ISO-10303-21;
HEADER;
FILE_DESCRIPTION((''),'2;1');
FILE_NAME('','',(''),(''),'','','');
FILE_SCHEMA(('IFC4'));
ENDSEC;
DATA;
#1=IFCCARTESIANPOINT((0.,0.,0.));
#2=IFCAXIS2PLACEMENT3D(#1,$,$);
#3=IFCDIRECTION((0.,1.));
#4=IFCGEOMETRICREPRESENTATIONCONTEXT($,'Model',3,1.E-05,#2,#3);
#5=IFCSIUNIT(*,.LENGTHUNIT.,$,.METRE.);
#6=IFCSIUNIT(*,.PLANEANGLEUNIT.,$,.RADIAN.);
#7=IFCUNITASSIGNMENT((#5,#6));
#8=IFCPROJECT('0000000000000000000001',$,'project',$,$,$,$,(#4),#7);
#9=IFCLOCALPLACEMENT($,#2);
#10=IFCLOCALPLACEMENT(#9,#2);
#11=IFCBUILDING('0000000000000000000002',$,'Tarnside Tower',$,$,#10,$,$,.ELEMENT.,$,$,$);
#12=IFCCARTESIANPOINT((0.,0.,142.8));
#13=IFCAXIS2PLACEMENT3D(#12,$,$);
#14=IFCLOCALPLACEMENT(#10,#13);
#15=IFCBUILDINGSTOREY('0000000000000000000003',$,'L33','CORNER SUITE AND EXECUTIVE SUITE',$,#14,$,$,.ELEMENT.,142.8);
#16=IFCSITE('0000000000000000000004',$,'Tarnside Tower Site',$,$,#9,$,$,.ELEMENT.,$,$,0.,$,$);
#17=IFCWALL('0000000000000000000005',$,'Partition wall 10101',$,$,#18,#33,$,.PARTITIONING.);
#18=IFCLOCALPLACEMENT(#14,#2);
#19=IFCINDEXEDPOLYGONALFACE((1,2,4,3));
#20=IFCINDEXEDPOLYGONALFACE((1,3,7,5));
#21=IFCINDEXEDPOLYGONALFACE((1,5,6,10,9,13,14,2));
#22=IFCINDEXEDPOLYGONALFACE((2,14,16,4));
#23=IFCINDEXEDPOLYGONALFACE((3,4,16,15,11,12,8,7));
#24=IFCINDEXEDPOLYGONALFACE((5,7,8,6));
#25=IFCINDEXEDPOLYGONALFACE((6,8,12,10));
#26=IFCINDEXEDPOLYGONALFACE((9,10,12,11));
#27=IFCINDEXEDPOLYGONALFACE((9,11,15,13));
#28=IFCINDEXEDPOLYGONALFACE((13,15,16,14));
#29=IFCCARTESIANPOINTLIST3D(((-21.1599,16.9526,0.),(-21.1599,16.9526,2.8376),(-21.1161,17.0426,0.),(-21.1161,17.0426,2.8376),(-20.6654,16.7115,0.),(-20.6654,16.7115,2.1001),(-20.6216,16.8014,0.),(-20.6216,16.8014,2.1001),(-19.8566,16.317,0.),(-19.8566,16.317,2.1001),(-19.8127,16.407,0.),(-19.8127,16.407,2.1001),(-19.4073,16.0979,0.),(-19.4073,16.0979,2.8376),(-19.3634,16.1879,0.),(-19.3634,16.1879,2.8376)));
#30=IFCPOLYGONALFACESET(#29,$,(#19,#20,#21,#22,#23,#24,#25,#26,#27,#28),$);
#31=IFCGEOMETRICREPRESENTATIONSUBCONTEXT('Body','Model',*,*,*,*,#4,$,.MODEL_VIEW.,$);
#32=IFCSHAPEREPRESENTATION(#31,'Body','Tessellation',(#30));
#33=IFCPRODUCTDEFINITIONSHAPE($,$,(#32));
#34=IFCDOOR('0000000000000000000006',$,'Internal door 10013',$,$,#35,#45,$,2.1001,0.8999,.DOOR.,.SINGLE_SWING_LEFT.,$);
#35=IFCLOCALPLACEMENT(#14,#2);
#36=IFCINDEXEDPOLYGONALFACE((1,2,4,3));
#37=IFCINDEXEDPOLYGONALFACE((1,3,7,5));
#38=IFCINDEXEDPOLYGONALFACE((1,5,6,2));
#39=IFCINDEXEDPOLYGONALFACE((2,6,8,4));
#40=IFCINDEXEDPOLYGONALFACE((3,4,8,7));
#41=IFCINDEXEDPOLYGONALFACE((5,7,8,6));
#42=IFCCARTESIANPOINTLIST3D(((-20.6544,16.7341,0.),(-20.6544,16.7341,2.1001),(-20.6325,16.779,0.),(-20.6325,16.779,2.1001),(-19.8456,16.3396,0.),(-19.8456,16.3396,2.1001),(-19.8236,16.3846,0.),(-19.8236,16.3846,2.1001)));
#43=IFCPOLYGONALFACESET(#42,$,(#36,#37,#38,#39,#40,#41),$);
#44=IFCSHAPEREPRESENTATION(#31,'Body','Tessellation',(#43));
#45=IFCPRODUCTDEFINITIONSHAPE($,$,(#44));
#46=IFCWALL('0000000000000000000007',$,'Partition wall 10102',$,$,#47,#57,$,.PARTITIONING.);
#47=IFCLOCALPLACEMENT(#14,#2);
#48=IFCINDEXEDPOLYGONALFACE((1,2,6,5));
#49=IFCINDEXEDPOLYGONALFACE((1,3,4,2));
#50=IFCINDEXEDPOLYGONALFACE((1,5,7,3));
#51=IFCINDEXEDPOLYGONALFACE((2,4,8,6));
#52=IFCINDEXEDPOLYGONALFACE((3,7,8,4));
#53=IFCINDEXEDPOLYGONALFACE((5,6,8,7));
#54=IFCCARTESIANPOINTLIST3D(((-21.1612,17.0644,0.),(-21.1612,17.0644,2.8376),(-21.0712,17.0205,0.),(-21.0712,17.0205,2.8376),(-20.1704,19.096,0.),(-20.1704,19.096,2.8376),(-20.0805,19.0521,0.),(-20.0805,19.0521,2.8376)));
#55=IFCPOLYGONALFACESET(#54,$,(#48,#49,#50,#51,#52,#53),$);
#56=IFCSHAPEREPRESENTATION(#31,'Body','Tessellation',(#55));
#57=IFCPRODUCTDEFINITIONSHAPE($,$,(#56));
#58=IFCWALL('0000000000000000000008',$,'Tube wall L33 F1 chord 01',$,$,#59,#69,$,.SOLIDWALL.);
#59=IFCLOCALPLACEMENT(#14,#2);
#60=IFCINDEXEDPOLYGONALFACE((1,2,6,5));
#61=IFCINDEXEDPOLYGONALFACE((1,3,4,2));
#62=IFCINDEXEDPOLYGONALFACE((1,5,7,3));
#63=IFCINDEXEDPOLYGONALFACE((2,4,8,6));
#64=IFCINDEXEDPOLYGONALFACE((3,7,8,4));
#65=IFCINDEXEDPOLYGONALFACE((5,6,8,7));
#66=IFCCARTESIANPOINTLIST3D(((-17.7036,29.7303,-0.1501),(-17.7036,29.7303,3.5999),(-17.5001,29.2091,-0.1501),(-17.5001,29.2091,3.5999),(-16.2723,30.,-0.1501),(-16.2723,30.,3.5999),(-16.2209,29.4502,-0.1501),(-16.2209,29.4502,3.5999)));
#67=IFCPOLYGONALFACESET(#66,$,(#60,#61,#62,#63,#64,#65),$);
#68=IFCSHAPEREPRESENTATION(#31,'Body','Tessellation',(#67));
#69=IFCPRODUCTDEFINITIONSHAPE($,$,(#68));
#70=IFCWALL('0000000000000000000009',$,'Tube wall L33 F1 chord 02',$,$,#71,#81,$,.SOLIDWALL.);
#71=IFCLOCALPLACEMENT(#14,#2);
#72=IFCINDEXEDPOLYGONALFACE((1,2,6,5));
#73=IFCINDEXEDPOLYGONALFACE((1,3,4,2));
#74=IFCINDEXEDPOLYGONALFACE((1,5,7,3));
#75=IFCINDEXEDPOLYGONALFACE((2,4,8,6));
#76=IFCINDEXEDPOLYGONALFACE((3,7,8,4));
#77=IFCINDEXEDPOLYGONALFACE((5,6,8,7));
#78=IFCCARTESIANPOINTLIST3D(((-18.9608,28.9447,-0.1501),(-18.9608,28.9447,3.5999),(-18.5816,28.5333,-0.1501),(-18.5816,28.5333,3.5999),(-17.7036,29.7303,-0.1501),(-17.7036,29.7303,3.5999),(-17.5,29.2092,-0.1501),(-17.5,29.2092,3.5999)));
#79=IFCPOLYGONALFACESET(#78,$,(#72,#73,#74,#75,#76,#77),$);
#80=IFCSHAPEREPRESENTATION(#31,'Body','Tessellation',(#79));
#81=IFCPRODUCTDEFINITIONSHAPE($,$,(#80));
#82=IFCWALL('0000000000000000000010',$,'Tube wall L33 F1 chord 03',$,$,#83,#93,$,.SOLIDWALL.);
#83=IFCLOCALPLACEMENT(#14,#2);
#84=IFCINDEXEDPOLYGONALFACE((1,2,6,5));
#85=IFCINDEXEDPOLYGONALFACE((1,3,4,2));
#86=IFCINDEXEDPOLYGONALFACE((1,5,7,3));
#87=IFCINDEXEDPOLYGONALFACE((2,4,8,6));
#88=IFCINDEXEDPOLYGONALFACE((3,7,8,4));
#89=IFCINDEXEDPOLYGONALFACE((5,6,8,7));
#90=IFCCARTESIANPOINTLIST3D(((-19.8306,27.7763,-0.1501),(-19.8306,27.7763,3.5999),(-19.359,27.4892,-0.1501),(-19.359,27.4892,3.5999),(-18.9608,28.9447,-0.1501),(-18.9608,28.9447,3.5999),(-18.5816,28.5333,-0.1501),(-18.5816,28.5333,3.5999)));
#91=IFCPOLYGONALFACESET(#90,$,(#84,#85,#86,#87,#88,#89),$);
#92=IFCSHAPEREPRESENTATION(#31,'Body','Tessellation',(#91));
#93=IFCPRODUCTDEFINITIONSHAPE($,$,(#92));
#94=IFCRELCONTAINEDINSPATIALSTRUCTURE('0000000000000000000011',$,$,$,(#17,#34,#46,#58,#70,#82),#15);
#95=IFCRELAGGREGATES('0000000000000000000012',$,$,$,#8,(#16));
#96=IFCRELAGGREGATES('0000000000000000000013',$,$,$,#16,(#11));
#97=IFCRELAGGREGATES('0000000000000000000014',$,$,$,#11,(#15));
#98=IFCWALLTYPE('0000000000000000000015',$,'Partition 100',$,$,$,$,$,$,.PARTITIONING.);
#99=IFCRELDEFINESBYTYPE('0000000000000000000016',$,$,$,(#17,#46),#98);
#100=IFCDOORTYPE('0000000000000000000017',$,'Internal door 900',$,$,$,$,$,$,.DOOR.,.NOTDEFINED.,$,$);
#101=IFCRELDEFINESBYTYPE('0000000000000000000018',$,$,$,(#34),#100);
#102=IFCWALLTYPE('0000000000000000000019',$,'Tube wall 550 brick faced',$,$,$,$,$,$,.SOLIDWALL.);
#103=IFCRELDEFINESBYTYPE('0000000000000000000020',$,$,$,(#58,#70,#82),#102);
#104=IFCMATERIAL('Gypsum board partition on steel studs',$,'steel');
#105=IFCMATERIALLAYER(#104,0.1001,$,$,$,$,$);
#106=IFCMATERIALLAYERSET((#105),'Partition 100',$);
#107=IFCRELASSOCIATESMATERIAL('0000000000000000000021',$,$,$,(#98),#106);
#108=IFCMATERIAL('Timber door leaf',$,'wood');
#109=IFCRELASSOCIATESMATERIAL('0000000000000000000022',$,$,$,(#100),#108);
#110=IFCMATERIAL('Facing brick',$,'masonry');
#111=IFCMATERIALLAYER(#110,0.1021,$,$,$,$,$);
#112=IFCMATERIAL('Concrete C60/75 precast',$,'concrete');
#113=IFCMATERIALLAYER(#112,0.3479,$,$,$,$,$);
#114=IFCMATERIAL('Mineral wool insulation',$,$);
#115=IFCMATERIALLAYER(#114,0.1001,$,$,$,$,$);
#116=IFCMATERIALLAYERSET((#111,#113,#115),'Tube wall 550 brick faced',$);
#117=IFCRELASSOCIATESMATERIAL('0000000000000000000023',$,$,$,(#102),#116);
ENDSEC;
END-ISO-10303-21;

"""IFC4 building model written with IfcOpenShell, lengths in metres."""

from ifc_helpers import new_model, si_unit, direction, frame, frame_2d, origin, place, context, subcontext, project, spatial, polyline, rectangle, outline, extrude, material, layer, layer_set, type_object, element, fill, save


model = new_model("IFC4")

# Units and contexts
model_context = context("Model", 3, precision=1e-05, world=origin(), true_north=direction((0.0, 1.0)))
body_context = subcontext(model_context, "Body", "Model", "MODEL_VIEW")
ifc_project = project(units=[si_unit("LENGTHUNIT", "METRE"), si_unit("PLANEANGLEUNIT", "RADIAN")], contexts=[model_context])

# Site, building, storey
site_placement = place(None, origin())
site = spatial("IfcSite", under=ifc_project, at=site_placement, Name="Tarnside Tower Site", CompositionType="ELEMENT", RefElevation=0.0)
building_placement = place(site_placement, origin())
building = spatial("IfcBuilding", under=site, at=building_placement, Name="Tarnside Tower", CompositionType="ELEMENT")
storey_placement = place(building_placement, frame((0.0, 0.0, 142.8)))
storey = spatial("IfcBuildingStorey", under=building, at=storey_placement, Name="L33", Description="CORNER SUITE AND EXECUTIVE SUITE", CompositionType="ELEMENT", Elevation=142.8)

# Shared definitions
ifc_material_1 = material(Name="Gypsum board partition on steel studs", Category="steel")

# Shared definitions
ifc_material_2 = material(Name="Timber door leaf", Category="wood")

# Wall, opening, door
ifc_layer_1 = layer(ifc_material_1, 0.1001)
ifc_layer_set_1 = layer_set([ifc_layer_1], Name="Partition 100")
wall_type_1 = type_object("IfcWallType", Name="Partition 100", PredefinedType="PARTITIONING", material=ifc_layer_set_1)
wall_1_placement = place(storey_placement, frame((-19.3853, 16.1428, 0.0), z_axis=(0.0, 0.0, 1.0), x_axis=(-0.898815, 0.438327, 0.0)))
wall_1 = element("IfcWall", 1, at=wall_1_placement, inside=storey, type_object=wall_type_1, Name="Partition wall 10101", PredefinedType="PARTITIONING", context=body_context, shape_type="SweptSolid", body=[
    extrude(rectangle(XDim=1.95, YDim=0.1001, at=frame_2d((0.9751, 0.0))), origin(), (0.0, 0.0, 1.0), 2.8376),
])
opening_1_placement = place(wall_1_placement, frame((0.5, 0.0, 0.0)))
opening_1 = element("IfcOpeningElement", 2, at=opening_1_placement, cuts=wall_1, PredefinedType="OPENING", context=body_context, shape_type="SweptSolid", body=[
    extrude(rectangle(XDim=0.8999, YDim=2.1001, at=frame_2d((0.45, 1.05))), frame((0.0, 0.0601, 0.0), z_axis=(0.0, -1.0, 0.0), x_axis=(1.0, 0.0, 0.0)), (0.0, 0.0, 1.0), 0.1201),
])
door_type_1 = type_object("IfcDoorType", Name="Internal door 900", OperationType="NOTDEFINED", PredefinedType="DOOR", material=ifc_material_2)
door_1_placement = place(opening_1_placement, origin())
door_1 = element("IfcDoor", 3, at=door_1_placement, inside=storey, type_object=door_type_1, Name="Internal door 10013", OperationType="SINGLE_SWING_LEFT", OverallHeight=2.1001, OverallWidth=0.8999, PredefinedType="DOOR", context=body_context, shape_type="SweptSolid", body=[
    extrude(rectangle(XDim=0.8999, YDim=2.1001, at=frame_2d((0.45, 1.05))), frame((0.0, 0.0249, 0.0), z_axis=(0.0, -1.0, 0.0), x_axis=(1.0, 0.0, 0.0)), (0.0, 0.0, 1.0), 0.05),
])
fill(opening_1, door_1)

# Walls
wall_2_placement = place(storey_placement, frame((-21.1162, 17.0425, 0.0), z_axis=(0.0, 0.0, 1.0), x_axis=(0.438334, 0.898812, 0.0)))
element("IfcWall", 4, at=wall_2_placement, inside=storey, type_object=wall_type_1, Name="Partition wall 10102", PredefinedType="PARTITIONING", context=body_context, shape_type="SweptSolid", body=[
    extrude(rectangle(XDim=2.2603, YDim=0.1001, at=frame_2d((1.1301, 0.0))), origin(), (0.0, 0.0, 1.0), 2.8376),
])
ifc_material_3 = material(Name="Facing brick", Category="masonry")
ifc_layer_2 = layer(ifc_material_3, 0.1021)
ifc_material_4 = material(Name="Concrete C60/75 precast", Category="concrete")
ifc_layer_3 = layer(ifc_material_4, 0.3479)
ifc_material_5 = material(Name="Mineral wool insulation")
ifc_layer_4 = layer(ifc_material_5, 0.1001)
ifc_layer_set_2 = layer_set([ifc_layer_2, ifc_layer_3, ifc_layer_4], Name="Tube wall 550 brick faced")
wall_type_2 = type_object("IfcWallType", Name="Tube wall 550 brick faced", PredefinedType="SOLIDWALL", material=ifc_layer_set_2)
wall_3_placement = place(storey_placement, frame((-16.2466, 29.7251, -0.1501), z_axis=(0.0, 0.0, 1.0), x_axis=(-0.982705, -0.185176, 0.0)))
element("IfcWall", 5, at=wall_3_placement, inside=storey, type_object=wall_type_2, Name="Tube wall L33 F1 chord 01", PredefinedType="SOLIDWALL", context=body_context, shape_type="SweptSolid", body=[
    extrude(outline(polyline([(-0.0256, -0.2749), (1.4309, -0.2749), (1.3274, 0.2749), (0.0256, 0.2749), (-0.0256, -0.2749)])), origin(), (0.0, 0.0, 1.0), 3.75),
])
wall_4_placement = place(storey_placement, frame((-17.6018, 29.4697, -0.1501), z_axis=(0.0, 0.0, 1.0), x_axis=(-0.848058, -0.529903, 0.0)))
element("IfcWall", 6, at=wall_4_placement, inside=storey, type_object=wall_type_2, Name="Tube wall L33 F1 chord 02", PredefinedType="SOLIDWALL", context=body_context, shape_type="SweptSolid", body=[
    extrude(outline(polyline([(-0.0518, -0.2749), (1.4307, -0.2749), (1.3271, 0.2749), (0.0518, 0.2749), (-0.0518, -0.2749)])), origin(), (0.0, 0.0, 1.0), 3.75),
])
wall_5_placement = place(storey_placement, frame((-18.7712, 28.739, -0.1501), z_axis=(0.0, 0.0, 1.0), x_axis=(-0.597135, -0.802141, 0.0)))
element("IfcWall", 7, at=wall_5_placement, inside=storey, type_object=wall_type_2, Name="Tube wall L33 F1 chord 03", PredefinedType="SOLIDWALL", context=body_context, shape_type="SweptSolid", body=[
    extrude(outline(polyline([(-0.0518, -0.2749), (1.4048, -0.2749), (1.3535, 0.2749), (0.0518, 0.2749), (-0.0518, -0.2749)])), origin(), (0.0, 0.0, 1.0), 3.75),
])

save(model, "model.ifc")
